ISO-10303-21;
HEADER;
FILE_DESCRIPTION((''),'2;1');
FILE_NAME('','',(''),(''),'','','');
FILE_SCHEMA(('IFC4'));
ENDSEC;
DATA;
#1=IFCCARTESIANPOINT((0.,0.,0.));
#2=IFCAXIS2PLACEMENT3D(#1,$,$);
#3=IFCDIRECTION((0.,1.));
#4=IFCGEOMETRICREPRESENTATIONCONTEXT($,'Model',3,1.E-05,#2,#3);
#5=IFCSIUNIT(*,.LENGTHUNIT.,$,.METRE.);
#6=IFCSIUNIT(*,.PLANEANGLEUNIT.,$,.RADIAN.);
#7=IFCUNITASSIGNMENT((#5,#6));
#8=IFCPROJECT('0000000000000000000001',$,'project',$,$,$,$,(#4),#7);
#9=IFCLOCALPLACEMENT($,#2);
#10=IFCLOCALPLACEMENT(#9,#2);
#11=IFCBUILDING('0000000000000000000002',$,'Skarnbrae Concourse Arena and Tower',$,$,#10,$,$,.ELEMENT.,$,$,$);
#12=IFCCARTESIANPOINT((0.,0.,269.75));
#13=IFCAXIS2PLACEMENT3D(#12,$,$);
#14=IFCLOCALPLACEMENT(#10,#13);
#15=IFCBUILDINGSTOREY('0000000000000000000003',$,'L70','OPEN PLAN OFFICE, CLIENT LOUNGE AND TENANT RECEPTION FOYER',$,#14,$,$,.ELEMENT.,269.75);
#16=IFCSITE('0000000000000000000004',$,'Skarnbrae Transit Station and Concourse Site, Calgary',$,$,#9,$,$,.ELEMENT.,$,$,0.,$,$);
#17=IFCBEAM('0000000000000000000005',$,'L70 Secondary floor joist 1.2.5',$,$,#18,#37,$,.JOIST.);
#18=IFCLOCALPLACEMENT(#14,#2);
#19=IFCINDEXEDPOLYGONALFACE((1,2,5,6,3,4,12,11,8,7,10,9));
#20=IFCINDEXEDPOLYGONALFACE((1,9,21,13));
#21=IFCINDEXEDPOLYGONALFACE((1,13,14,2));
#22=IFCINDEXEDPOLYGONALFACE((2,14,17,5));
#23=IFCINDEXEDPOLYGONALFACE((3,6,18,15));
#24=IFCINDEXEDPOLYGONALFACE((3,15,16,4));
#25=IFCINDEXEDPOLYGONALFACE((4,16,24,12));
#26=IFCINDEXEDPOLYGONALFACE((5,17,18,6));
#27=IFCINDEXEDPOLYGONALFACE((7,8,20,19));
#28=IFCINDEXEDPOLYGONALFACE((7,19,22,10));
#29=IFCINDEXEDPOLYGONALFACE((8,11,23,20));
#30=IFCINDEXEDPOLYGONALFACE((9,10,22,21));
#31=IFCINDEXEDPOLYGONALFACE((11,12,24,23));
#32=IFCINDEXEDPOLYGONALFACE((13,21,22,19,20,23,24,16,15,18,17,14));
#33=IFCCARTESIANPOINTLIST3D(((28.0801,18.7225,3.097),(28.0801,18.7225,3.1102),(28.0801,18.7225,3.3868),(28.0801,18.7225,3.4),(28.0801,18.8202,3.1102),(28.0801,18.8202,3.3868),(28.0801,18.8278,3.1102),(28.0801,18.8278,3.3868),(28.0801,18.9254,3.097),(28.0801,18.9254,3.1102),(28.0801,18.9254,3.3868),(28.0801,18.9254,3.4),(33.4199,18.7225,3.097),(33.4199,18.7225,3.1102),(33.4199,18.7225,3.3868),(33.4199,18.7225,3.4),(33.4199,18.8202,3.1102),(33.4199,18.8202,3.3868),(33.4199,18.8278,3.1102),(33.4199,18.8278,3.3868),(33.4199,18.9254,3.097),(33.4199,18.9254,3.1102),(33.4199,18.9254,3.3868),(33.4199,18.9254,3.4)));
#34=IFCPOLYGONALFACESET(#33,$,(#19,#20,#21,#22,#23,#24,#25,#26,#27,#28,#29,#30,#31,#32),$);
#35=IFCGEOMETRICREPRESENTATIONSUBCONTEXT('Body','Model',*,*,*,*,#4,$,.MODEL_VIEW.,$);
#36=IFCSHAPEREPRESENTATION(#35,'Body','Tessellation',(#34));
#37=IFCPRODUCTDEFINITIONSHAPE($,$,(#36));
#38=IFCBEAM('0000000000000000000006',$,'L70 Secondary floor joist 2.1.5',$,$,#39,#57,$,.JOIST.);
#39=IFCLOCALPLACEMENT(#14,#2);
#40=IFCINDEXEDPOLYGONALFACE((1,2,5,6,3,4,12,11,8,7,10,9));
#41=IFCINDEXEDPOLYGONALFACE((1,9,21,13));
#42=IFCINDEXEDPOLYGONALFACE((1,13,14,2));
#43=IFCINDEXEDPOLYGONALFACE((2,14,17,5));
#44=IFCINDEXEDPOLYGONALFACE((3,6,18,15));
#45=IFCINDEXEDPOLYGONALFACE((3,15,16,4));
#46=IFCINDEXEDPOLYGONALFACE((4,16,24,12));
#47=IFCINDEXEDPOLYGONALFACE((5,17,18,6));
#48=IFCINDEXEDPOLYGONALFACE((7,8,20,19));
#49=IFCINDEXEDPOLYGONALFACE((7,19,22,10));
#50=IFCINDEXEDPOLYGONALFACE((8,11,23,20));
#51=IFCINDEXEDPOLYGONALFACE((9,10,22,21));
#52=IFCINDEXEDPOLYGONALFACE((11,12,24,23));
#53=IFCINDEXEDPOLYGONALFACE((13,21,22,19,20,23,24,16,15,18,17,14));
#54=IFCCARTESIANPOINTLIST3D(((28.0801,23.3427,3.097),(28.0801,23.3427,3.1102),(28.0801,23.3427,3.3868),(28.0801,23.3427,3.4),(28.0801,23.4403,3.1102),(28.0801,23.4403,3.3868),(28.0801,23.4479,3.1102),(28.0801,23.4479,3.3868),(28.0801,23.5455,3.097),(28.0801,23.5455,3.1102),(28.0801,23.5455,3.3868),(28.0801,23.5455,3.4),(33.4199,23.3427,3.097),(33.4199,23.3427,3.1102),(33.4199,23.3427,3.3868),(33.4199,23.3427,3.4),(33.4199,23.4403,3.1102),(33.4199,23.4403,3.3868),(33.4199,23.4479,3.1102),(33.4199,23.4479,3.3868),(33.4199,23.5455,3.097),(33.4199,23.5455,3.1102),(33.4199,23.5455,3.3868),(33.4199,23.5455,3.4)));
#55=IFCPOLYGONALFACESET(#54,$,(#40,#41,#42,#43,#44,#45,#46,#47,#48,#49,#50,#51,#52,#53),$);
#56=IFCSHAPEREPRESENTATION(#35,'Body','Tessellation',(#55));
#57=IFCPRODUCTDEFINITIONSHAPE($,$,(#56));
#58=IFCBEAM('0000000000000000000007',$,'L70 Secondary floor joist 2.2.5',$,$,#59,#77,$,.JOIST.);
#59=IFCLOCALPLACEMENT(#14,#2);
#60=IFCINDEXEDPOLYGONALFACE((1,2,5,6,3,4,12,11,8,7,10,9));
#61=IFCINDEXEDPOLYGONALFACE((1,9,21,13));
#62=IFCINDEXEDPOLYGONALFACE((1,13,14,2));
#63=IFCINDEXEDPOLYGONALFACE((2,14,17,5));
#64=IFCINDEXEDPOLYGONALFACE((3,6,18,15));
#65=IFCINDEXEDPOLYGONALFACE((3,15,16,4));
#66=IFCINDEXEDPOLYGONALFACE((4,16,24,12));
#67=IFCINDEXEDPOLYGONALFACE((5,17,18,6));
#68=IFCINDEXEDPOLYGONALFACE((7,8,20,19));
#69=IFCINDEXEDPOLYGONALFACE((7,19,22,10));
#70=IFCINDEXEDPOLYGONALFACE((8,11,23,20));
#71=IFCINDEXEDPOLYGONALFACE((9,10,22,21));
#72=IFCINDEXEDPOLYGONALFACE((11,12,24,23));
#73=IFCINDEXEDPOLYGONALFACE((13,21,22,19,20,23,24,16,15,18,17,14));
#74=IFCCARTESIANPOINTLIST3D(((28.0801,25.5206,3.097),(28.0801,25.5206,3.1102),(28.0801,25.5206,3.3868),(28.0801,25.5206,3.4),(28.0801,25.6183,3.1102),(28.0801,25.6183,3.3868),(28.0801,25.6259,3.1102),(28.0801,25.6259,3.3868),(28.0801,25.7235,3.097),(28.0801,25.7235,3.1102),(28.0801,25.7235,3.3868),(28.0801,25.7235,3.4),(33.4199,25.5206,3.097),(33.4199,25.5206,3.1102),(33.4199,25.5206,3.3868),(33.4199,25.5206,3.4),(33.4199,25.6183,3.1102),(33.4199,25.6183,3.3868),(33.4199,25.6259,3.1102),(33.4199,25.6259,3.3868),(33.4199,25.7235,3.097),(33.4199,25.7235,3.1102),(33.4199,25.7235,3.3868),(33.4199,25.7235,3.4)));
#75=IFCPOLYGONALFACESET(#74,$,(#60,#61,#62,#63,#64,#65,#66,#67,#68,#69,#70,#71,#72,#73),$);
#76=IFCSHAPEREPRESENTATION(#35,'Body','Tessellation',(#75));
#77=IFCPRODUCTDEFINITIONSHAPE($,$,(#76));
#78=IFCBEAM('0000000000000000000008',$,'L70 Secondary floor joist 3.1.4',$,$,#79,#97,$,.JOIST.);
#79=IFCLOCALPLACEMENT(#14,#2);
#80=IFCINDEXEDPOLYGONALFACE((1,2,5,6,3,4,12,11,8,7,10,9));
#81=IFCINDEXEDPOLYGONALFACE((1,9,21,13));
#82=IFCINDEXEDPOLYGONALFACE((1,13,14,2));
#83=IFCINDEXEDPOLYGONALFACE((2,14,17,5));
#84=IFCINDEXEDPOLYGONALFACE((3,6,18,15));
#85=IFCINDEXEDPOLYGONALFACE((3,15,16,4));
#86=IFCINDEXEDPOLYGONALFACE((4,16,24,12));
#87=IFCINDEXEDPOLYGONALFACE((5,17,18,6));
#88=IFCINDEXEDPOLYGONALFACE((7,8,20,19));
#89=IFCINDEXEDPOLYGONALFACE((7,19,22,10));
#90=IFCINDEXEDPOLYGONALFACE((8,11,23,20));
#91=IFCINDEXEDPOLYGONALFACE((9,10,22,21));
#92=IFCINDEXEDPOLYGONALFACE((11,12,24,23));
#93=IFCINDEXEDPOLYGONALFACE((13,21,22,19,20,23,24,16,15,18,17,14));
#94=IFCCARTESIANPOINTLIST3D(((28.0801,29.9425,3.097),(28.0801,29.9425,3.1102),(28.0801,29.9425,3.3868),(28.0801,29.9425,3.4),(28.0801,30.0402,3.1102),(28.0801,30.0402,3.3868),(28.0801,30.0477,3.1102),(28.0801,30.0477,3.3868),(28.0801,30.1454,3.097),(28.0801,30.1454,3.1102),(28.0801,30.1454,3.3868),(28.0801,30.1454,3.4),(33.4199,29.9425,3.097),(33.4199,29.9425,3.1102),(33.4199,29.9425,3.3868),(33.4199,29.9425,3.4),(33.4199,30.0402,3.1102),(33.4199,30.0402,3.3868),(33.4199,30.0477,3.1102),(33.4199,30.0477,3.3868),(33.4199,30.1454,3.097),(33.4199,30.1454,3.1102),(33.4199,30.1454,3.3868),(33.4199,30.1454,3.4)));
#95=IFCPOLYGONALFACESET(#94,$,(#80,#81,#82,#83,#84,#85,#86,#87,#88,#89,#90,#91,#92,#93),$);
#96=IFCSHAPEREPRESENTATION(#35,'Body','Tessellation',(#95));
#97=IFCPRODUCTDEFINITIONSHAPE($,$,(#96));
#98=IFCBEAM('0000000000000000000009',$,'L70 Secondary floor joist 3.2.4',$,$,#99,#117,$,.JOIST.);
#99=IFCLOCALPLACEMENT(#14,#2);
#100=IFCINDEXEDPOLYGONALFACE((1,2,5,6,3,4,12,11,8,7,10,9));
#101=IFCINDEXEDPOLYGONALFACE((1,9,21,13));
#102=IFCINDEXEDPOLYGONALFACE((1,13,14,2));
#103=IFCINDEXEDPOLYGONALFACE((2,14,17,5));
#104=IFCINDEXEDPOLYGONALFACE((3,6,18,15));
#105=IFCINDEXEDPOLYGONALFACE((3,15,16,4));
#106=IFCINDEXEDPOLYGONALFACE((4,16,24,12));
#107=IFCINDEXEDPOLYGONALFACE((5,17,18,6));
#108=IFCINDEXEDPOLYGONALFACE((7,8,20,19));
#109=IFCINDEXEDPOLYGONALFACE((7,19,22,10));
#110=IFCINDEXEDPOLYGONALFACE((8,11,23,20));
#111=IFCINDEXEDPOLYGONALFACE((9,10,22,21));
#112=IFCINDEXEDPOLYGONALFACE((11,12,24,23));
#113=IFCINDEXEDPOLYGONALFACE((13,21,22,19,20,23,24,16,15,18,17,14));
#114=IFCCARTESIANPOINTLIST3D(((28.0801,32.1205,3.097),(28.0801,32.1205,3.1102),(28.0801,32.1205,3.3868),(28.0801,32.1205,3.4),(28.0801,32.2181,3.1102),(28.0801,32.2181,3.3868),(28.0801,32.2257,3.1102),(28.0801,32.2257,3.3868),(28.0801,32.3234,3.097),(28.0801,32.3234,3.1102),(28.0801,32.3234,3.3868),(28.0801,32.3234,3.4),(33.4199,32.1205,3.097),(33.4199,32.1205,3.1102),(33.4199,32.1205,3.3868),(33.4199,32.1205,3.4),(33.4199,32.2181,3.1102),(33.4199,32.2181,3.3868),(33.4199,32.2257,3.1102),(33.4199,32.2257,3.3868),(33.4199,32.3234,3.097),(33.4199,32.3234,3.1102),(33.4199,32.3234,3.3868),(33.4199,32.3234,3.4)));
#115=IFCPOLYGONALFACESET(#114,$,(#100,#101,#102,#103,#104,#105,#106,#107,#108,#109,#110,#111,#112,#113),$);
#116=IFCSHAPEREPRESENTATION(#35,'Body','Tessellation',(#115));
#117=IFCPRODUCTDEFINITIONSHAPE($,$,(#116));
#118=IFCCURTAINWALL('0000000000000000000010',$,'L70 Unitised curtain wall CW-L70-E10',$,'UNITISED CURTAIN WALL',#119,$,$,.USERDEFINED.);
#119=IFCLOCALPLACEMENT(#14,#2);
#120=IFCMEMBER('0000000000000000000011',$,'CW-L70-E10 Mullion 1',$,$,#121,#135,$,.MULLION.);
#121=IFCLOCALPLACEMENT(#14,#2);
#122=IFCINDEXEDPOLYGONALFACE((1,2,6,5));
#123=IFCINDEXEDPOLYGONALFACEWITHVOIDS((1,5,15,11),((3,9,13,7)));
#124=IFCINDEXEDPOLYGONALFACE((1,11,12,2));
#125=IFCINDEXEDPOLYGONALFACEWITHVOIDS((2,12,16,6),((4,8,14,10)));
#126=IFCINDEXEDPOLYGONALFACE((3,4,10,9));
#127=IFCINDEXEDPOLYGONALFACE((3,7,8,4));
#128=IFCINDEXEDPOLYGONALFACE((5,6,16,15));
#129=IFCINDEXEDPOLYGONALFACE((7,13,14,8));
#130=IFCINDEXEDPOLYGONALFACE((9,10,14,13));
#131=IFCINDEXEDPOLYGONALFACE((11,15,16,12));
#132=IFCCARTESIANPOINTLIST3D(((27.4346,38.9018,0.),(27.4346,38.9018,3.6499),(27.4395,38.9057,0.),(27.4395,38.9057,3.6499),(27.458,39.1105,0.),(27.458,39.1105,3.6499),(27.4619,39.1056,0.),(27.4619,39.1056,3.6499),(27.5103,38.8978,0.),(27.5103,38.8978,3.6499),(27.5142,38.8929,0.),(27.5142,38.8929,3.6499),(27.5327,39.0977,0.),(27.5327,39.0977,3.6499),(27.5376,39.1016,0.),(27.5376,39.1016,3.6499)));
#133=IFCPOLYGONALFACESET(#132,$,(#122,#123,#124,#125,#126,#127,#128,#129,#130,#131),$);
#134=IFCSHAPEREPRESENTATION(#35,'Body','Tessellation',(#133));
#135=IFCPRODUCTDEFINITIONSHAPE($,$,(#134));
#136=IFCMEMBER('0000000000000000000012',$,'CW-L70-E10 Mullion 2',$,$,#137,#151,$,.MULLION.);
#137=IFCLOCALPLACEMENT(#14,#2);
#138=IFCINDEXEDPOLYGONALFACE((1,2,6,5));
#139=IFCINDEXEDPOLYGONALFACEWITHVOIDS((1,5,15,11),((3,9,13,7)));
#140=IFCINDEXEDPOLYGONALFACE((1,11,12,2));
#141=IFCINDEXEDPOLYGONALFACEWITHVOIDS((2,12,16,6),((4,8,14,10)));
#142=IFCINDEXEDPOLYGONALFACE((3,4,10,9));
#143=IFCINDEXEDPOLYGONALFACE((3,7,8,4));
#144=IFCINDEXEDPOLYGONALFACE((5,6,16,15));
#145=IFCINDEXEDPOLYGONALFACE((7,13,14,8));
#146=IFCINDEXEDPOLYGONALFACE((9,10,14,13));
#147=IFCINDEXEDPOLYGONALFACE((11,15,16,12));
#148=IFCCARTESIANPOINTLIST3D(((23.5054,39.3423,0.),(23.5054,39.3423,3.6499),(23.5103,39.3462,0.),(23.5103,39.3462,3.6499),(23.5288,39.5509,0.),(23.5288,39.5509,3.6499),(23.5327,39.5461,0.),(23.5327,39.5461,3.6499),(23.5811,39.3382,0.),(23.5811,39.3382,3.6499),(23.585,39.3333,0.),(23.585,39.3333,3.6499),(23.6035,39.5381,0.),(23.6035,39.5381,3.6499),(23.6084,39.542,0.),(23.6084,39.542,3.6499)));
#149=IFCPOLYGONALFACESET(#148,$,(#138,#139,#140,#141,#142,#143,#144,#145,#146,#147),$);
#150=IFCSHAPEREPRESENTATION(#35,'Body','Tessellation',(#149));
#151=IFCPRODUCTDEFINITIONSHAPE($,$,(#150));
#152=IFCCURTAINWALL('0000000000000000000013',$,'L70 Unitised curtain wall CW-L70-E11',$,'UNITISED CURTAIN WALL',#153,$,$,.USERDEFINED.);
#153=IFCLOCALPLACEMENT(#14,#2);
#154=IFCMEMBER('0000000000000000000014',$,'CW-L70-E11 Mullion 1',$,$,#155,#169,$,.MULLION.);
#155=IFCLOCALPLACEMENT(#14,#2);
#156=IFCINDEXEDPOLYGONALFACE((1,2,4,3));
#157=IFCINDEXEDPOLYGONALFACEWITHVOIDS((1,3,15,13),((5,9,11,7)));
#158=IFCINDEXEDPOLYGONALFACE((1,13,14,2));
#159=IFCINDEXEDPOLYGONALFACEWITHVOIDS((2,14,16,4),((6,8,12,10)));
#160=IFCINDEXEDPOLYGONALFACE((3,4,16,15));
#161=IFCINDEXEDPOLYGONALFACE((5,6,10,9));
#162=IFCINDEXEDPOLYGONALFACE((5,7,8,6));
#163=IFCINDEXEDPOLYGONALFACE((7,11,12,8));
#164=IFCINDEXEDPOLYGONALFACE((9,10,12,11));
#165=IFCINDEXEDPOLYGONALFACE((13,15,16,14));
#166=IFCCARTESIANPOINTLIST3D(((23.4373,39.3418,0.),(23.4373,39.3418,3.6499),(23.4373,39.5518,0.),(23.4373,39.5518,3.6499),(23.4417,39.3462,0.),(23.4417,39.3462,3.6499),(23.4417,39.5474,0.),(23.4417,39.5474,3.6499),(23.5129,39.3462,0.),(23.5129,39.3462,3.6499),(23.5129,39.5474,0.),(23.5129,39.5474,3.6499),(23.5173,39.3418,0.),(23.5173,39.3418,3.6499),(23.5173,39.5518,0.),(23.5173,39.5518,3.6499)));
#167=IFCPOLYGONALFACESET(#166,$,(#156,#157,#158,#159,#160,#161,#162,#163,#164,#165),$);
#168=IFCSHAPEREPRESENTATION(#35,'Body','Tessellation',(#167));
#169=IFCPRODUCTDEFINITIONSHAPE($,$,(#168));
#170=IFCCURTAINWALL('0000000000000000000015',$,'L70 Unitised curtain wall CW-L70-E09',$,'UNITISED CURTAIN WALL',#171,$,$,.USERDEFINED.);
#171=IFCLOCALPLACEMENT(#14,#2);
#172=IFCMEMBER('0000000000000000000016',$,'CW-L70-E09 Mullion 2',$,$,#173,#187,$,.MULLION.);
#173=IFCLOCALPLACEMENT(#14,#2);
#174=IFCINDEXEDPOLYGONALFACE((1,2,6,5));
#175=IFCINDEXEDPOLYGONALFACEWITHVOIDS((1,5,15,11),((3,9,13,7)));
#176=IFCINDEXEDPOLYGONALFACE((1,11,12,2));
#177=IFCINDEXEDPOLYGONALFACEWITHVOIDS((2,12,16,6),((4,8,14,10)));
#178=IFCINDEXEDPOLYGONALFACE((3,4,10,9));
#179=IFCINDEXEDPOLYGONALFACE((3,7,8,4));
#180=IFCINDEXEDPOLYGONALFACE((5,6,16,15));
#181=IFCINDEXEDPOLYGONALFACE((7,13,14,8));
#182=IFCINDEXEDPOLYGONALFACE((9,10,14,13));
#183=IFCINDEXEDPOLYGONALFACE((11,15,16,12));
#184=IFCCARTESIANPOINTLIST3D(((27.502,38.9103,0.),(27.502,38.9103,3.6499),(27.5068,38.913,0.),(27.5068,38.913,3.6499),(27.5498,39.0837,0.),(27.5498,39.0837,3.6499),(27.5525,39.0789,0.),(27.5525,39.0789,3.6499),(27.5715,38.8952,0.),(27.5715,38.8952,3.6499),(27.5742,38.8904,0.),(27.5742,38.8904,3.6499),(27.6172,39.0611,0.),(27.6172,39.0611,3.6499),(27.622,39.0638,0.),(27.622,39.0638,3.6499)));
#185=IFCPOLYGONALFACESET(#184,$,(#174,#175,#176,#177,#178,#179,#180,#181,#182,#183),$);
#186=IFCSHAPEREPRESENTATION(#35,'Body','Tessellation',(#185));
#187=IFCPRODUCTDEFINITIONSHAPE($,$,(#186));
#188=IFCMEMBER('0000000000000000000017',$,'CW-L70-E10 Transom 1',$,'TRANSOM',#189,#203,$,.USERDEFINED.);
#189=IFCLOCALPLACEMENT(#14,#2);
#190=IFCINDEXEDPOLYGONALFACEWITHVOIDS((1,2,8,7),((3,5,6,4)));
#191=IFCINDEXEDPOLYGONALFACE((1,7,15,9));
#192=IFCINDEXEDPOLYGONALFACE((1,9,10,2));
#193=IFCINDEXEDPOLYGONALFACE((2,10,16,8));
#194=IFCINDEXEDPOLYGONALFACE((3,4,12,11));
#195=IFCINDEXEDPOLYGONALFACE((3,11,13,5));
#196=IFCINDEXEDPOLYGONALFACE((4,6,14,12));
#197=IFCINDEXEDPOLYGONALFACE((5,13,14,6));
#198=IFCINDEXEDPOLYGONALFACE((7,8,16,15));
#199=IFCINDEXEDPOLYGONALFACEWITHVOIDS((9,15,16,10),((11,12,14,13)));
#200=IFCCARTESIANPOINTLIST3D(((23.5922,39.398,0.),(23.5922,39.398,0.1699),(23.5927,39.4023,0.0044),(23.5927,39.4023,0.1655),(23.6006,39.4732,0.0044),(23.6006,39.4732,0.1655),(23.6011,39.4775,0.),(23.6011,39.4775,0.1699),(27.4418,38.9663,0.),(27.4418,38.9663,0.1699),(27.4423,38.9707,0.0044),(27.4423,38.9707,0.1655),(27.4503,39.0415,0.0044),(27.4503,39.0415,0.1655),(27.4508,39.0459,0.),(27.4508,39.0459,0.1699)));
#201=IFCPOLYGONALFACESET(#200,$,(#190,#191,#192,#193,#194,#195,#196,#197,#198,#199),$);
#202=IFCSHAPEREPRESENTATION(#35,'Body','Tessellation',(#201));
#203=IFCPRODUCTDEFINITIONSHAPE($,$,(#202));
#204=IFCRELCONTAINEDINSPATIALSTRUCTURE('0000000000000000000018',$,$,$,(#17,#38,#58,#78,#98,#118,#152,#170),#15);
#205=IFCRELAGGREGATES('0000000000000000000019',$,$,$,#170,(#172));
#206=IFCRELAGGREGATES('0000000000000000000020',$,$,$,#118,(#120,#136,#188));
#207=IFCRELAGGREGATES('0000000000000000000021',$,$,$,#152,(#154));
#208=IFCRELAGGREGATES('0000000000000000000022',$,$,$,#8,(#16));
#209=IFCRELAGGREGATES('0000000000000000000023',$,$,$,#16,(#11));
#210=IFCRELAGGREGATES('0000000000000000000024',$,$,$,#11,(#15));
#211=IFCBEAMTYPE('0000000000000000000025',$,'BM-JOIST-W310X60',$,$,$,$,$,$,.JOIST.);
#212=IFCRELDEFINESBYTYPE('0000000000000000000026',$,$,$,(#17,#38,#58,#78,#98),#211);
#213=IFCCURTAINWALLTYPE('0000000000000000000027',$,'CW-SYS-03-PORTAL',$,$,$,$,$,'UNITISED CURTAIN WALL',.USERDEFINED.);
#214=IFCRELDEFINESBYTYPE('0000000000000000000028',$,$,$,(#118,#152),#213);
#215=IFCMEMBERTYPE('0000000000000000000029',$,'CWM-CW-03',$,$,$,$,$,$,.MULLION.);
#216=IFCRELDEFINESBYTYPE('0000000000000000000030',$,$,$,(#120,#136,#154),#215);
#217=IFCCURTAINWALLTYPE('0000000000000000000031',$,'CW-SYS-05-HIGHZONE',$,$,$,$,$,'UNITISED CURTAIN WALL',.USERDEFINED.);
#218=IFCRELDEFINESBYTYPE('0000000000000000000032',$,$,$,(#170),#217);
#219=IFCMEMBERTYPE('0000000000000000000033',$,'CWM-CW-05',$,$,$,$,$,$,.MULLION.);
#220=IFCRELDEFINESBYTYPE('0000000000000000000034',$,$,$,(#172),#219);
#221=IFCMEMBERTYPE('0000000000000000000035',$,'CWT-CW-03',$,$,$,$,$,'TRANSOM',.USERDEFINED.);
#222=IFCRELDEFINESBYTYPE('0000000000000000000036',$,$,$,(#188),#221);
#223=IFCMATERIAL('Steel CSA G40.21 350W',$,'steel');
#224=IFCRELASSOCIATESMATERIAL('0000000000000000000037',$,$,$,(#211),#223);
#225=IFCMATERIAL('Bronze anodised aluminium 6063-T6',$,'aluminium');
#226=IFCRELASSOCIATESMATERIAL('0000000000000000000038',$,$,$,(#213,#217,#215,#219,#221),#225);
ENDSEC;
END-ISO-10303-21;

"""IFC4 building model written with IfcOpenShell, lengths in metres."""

from ifc_helpers import new_model, si_unit, direction, frame, origin, origin_2d, place, context, subcontext, project, spatial, hollow_rectangle, i_section, extrude, source, transform, mapped, material, material_profile, profile_set, type_object, element, aggregate, save


model = new_model("IFC4")

# Units and contexts
model_context = context("Model", 3, precision=1e-05, world=origin(), true_north=direction((0.0, 1.0)))
body_context = subcontext(model_context, "Body", "Model", "MODEL_VIEW")
ifc_project = project(units=[si_unit("LENGTHUNIT", "METRE"), si_unit("PLANEANGLEUNIT", "RADIAN")], contexts=[model_context])

# Site, building, storey
site_placement = place(None, origin())
site = spatial("IfcSite", under=ifc_project, at=site_placement, Name="Skarnbrae Transit Station and Concourse Site, Calgary", CompositionType="ELEMENT", RefElevation=0.0)
building_placement = place(site_placement, origin())
building = spatial("IfcBuilding", under=site, at=building_placement, Name="Skarnbrae Concourse Arena and Tower", CompositionType="ELEMENT")
storey_placement = place(building_placement, frame((0.0, 0.0, 269.75)))
storey = spatial("IfcBuildingStorey", under=building, at=storey_placement, Name="L70", Description="OPEN PLAN OFFICE, CLIENT LOUNGE AND TENANT RECEPTION FOYER", CompositionType="ELEMENT", Elevation=269.75)

# Shared definitions
ifc_material_1 = material(Name="Steel CSA G40.21 350W", Category="steel")

# Beams
ifc_material_profile_1 = material_profile(ifc_material_1, i_section(OverallWidth=0.2029, OverallDepth=0.303, WebThickness=0.0076, FlangeThickness=0.0132, at=origin_2d()), Name="W310X60")
ifc_profile_set_1 = profile_set([ifc_material_profile_1], Name="Steel CSA G40.21 350W")
beam_type_1 = type_object("IfcBeamType", Name="BM-JOIST-W310X60", PredefinedType="JOIST", material=ifc_profile_set_1)
shared_shape_1 = source(origin(), body_context, "Body", "SweptSolid", [
    extrude(i_section(OverallWidth=0.2029, OverallDepth=0.303, WebThickness=0.0076, FlangeThickness=0.0132, at=origin_2d()), origin(), (0.0, 0.0, 1.0), 5.3398),
])
for number, where, z_axis, x_axis, name in (
    (1, (28.0801, 18.824, 3.2485), (1.0, 0.0, 0.0), (0.0, 1.0, 0.0), "L70 Secondary floor joist 1.2.5"),
    (2, (28.0801, 23.4441, 3.2485), (1.0, 0.0, 0.0), (0.0, 1.0, 0.0), "L70 Secondary floor joist 2.1.5"),
    (3, (28.0801, 25.6221, 3.2485), (1.0, 0.0, 0.0), (0.0, 1.0, 0.0), "L70 Secondary floor joist 2.2.5"),
    (4, (28.0801, 30.0439, 3.2485), (1.0, 0.0, 0.0), (0.0, 1.0, 0.0), "L70 Secondary floor joist 3.1.4"),
    (5, (28.0801, 32.2219, 3.2485), (1.0, 0.0, 0.0), (0.0, 1.0, 0.0), "L70 Secondary floor joist 3.2.4"),
):
    element("IfcBeam", number, at=place(storey_placement, frame(where, z_axis=z_axis, x_axis=x_axis)), inside=storey, type_object=beam_type_1, Name=name, PredefinedType="JOIST", context=body_context, shape_type="MappedRepresentation", body=[
        mapped(shared_shape_1, transform((0.0, 0.0, 0.0))),
    ])

# Curtain wall, members
ifc_material_2 = material(Name="Bronze anodised aluminium 6063-T6", Category="aluminium")
curtain_wall_type_1 = type_object("IfcCurtainWallType", Name="CW-SYS-03-PORTAL", ElementType="UNITISED CURTAIN WALL", PredefinedType="USERDEFINED", material=ifc_material_2)
curtain_wall_1_placement = place(storey_placement, origin())
curtain_wall_1 = element("IfcCurtainWall", 6, at=curtain_wall_1_placement, inside=storey, type_object=curtain_wall_type_1, Name="L70 Unitised curtain wall CW-L70-E10", ObjectType="UNITISED CURTAIN WALL", PredefinedType="USERDEFINED")
ifc_material_profile_2 = material_profile(ifc_material_2, hollow_rectangle(XDim=0.0801, YDim=0.21, WallThickness=0.0044, at=origin_2d()), Name="ALU-MULL-80X210")
ifc_profile_set_2 = profile_set([ifc_material_profile_2], Name="Bronze anodised aluminium 6063-T6")
member_type_1 = type_object("IfcMemberType", Name="CWM-CW-03", PredefinedType="MULLION", material=ifc_profile_set_2)
shared_shape_2 = source(origin(), body_context, "Body", "SweptSolid", [
    extrude(hollow_rectangle(XDim=0.0801, YDim=0.21, WallThickness=0.0044, at=origin_2d()), origin(), (0.0, 0.0, 1.0), 3.6499),
])
member_1_placement = place(storey_placement, frame((27.4861, 39.0017, 0.0), z_axis=(0.0, 0.0, 1.0), x_axis=(-0.993769, 0.11146, 0.0)))
member_1 = element("IfcMember", 7, at=member_1_placement, type_object=member_type_1, Name="CW-L70-E10 Mullion 1", PredefinedType="MULLION", context=body_context, shape_type="MappedRepresentation", body=[
    mapped(shared_shape_2, transform((0.0, 0.0, 0.0))),
])
member_2_placement = place(storey_placement, frame((23.5569, 39.4421, 0.0), z_axis=(0.0, 0.0, 1.0), x_axis=(-0.993769, 0.11146, 0.0)))
member_2 = element("IfcMember", 8, at=member_2_placement, type_object=member_type_1, Name="CW-L70-E10 Mullion 2", PredefinedType="MULLION", context=body_context, shape_type="MappedRepresentation", body=[
    mapped(shared_shape_2, transform((0.0, 0.0, 0.0))),
])

# Curtain walls, members
curtain_wall_2_placement = place(storey_placement, origin())
curtain_wall_2 = element("IfcCurtainWall", 9, at=curtain_wall_2_placement, inside=storey, type_object=curtain_wall_type_1, Name="L70 Unitised curtain wall CW-L70-E11", ObjectType="UNITISED CURTAIN WALL", PredefinedType="USERDEFINED")
member_3_placement = place(storey_placement, frame((23.4773, 39.4468, 0.0), z_axis=(0.0, 0.0, 1.0), x_axis=(-1.0, 0.0, 0.0)))
member_3 = element("IfcMember", 10, at=member_3_placement, type_object=member_type_1, Name="CW-L70-E11 Mullion 1", PredefinedType="MULLION", context=body_context, shape_type="MappedRepresentation", body=[
    mapped(shared_shape_2, transform((0.0, 0.0, 0.0))),
])
curtain_wall_type_2 = type_object("IfcCurtainWallType", Name="CW-SYS-05-HIGHZONE", ElementType="UNITISED CURTAIN WALL", PredefinedType="USERDEFINED", material=ifc_material_2)
curtain_wall_3_placement = place(storey_placement, origin())
curtain_wall_3 = element("IfcCurtainWall", 11, at=curtain_wall_3_placement, inside=storey, type_object=curtain_wall_type_2, Name="L70 Unitised curtain wall CW-L70-E09", ObjectType="UNITISED CURTAIN WALL", PredefinedType="USERDEFINED")
ifc_material_profile_3 = material_profile(ifc_material_2, hollow_rectangle(XDim=0.075, YDim=0.1799, WallThickness=0.0039, at=origin_2d()), Name="ALU-MULL-75X180")
ifc_profile_set_3 = profile_set([ifc_material_profile_3], Name="Bronze anodised aluminium 6063-T6")
member_type_2 = type_object("IfcMemberType", Name="CWM-CW-05", PredefinedType="MULLION", material=ifc_profile_set_3)
shared_shape_3 = source(origin(), body_context, "Body", "SweptSolid", [
    extrude(hollow_rectangle(XDim=0.075, YDim=0.1799, WallThickness=0.0039, at=origin_2d()), origin(), (0.0, 0.0, 1.0), 3.6499),
])
member_4_placement = place(storey_placement, frame((27.562, 38.9871, 0.0), z_axis=(0.0, 0.0, 1.0), x_axis=(-0.964057, 0.265694, 0.0)))
member_4 = element("IfcMember", 12, at=member_4_placement, type_object=member_type_2, Name="CW-L70-E09 Mullion 2", PredefinedType="MULLION", context=body_context, shape_type="MappedRepresentation", body=[
    mapped(shared_shape_3, transform((0.0, 0.0, 0.0))),
])

# Member
ifc_material_profile_4 = material_profile(ifc_material_2, hollow_rectangle(XDim=0.0801, YDim=0.1699, WallThickness=0.0044, at=origin_2d()), Name="ALU-TRAN-80X170")
ifc_profile_set_4 = profile_set([ifc_material_profile_4], Name="Bronze anodised aluminium 6063-T6")
member_type_3 = type_object("IfcMemberType", Name="CWT-CW-03", ElementType="TRANSOM", PredefinedType="USERDEFINED", material=ifc_profile_set_4)
shared_shape_4 = source(origin(), body_context, "Body", "SweptSolid", [
    extrude(hollow_rectangle(XDim=0.0801, YDim=0.1699, WallThickness=0.0044, at=origin_2d()), origin(), (0.0, 0.0, 1.0), 3.8738),
])
member_5_placement = place(storey_placement, frame((27.4463, 39.0061, 0.085), z_axis=(-0.993773, 0.111428, 0.0), x_axis=(-0.111428, -0.993773, 0.0)))
member_5 = element("IfcMember", 13, at=member_5_placement, type_object=member_type_3, Name="CW-L70-E10 Transom 1", ObjectType="TRANSOM", PredefinedType="USERDEFINED", context=body_context, shape_type="MappedRepresentation", body=[
    mapped(shared_shape_4, transform((0.0, 0.0, 0.0))),
])

aggregate(curtain_wall_3, [member_4])
aggregate(curtain_wall_1, [member_1, member_2, member_5])
aggregate(curtain_wall_2, [member_3])

save(model, "model.ifc")
